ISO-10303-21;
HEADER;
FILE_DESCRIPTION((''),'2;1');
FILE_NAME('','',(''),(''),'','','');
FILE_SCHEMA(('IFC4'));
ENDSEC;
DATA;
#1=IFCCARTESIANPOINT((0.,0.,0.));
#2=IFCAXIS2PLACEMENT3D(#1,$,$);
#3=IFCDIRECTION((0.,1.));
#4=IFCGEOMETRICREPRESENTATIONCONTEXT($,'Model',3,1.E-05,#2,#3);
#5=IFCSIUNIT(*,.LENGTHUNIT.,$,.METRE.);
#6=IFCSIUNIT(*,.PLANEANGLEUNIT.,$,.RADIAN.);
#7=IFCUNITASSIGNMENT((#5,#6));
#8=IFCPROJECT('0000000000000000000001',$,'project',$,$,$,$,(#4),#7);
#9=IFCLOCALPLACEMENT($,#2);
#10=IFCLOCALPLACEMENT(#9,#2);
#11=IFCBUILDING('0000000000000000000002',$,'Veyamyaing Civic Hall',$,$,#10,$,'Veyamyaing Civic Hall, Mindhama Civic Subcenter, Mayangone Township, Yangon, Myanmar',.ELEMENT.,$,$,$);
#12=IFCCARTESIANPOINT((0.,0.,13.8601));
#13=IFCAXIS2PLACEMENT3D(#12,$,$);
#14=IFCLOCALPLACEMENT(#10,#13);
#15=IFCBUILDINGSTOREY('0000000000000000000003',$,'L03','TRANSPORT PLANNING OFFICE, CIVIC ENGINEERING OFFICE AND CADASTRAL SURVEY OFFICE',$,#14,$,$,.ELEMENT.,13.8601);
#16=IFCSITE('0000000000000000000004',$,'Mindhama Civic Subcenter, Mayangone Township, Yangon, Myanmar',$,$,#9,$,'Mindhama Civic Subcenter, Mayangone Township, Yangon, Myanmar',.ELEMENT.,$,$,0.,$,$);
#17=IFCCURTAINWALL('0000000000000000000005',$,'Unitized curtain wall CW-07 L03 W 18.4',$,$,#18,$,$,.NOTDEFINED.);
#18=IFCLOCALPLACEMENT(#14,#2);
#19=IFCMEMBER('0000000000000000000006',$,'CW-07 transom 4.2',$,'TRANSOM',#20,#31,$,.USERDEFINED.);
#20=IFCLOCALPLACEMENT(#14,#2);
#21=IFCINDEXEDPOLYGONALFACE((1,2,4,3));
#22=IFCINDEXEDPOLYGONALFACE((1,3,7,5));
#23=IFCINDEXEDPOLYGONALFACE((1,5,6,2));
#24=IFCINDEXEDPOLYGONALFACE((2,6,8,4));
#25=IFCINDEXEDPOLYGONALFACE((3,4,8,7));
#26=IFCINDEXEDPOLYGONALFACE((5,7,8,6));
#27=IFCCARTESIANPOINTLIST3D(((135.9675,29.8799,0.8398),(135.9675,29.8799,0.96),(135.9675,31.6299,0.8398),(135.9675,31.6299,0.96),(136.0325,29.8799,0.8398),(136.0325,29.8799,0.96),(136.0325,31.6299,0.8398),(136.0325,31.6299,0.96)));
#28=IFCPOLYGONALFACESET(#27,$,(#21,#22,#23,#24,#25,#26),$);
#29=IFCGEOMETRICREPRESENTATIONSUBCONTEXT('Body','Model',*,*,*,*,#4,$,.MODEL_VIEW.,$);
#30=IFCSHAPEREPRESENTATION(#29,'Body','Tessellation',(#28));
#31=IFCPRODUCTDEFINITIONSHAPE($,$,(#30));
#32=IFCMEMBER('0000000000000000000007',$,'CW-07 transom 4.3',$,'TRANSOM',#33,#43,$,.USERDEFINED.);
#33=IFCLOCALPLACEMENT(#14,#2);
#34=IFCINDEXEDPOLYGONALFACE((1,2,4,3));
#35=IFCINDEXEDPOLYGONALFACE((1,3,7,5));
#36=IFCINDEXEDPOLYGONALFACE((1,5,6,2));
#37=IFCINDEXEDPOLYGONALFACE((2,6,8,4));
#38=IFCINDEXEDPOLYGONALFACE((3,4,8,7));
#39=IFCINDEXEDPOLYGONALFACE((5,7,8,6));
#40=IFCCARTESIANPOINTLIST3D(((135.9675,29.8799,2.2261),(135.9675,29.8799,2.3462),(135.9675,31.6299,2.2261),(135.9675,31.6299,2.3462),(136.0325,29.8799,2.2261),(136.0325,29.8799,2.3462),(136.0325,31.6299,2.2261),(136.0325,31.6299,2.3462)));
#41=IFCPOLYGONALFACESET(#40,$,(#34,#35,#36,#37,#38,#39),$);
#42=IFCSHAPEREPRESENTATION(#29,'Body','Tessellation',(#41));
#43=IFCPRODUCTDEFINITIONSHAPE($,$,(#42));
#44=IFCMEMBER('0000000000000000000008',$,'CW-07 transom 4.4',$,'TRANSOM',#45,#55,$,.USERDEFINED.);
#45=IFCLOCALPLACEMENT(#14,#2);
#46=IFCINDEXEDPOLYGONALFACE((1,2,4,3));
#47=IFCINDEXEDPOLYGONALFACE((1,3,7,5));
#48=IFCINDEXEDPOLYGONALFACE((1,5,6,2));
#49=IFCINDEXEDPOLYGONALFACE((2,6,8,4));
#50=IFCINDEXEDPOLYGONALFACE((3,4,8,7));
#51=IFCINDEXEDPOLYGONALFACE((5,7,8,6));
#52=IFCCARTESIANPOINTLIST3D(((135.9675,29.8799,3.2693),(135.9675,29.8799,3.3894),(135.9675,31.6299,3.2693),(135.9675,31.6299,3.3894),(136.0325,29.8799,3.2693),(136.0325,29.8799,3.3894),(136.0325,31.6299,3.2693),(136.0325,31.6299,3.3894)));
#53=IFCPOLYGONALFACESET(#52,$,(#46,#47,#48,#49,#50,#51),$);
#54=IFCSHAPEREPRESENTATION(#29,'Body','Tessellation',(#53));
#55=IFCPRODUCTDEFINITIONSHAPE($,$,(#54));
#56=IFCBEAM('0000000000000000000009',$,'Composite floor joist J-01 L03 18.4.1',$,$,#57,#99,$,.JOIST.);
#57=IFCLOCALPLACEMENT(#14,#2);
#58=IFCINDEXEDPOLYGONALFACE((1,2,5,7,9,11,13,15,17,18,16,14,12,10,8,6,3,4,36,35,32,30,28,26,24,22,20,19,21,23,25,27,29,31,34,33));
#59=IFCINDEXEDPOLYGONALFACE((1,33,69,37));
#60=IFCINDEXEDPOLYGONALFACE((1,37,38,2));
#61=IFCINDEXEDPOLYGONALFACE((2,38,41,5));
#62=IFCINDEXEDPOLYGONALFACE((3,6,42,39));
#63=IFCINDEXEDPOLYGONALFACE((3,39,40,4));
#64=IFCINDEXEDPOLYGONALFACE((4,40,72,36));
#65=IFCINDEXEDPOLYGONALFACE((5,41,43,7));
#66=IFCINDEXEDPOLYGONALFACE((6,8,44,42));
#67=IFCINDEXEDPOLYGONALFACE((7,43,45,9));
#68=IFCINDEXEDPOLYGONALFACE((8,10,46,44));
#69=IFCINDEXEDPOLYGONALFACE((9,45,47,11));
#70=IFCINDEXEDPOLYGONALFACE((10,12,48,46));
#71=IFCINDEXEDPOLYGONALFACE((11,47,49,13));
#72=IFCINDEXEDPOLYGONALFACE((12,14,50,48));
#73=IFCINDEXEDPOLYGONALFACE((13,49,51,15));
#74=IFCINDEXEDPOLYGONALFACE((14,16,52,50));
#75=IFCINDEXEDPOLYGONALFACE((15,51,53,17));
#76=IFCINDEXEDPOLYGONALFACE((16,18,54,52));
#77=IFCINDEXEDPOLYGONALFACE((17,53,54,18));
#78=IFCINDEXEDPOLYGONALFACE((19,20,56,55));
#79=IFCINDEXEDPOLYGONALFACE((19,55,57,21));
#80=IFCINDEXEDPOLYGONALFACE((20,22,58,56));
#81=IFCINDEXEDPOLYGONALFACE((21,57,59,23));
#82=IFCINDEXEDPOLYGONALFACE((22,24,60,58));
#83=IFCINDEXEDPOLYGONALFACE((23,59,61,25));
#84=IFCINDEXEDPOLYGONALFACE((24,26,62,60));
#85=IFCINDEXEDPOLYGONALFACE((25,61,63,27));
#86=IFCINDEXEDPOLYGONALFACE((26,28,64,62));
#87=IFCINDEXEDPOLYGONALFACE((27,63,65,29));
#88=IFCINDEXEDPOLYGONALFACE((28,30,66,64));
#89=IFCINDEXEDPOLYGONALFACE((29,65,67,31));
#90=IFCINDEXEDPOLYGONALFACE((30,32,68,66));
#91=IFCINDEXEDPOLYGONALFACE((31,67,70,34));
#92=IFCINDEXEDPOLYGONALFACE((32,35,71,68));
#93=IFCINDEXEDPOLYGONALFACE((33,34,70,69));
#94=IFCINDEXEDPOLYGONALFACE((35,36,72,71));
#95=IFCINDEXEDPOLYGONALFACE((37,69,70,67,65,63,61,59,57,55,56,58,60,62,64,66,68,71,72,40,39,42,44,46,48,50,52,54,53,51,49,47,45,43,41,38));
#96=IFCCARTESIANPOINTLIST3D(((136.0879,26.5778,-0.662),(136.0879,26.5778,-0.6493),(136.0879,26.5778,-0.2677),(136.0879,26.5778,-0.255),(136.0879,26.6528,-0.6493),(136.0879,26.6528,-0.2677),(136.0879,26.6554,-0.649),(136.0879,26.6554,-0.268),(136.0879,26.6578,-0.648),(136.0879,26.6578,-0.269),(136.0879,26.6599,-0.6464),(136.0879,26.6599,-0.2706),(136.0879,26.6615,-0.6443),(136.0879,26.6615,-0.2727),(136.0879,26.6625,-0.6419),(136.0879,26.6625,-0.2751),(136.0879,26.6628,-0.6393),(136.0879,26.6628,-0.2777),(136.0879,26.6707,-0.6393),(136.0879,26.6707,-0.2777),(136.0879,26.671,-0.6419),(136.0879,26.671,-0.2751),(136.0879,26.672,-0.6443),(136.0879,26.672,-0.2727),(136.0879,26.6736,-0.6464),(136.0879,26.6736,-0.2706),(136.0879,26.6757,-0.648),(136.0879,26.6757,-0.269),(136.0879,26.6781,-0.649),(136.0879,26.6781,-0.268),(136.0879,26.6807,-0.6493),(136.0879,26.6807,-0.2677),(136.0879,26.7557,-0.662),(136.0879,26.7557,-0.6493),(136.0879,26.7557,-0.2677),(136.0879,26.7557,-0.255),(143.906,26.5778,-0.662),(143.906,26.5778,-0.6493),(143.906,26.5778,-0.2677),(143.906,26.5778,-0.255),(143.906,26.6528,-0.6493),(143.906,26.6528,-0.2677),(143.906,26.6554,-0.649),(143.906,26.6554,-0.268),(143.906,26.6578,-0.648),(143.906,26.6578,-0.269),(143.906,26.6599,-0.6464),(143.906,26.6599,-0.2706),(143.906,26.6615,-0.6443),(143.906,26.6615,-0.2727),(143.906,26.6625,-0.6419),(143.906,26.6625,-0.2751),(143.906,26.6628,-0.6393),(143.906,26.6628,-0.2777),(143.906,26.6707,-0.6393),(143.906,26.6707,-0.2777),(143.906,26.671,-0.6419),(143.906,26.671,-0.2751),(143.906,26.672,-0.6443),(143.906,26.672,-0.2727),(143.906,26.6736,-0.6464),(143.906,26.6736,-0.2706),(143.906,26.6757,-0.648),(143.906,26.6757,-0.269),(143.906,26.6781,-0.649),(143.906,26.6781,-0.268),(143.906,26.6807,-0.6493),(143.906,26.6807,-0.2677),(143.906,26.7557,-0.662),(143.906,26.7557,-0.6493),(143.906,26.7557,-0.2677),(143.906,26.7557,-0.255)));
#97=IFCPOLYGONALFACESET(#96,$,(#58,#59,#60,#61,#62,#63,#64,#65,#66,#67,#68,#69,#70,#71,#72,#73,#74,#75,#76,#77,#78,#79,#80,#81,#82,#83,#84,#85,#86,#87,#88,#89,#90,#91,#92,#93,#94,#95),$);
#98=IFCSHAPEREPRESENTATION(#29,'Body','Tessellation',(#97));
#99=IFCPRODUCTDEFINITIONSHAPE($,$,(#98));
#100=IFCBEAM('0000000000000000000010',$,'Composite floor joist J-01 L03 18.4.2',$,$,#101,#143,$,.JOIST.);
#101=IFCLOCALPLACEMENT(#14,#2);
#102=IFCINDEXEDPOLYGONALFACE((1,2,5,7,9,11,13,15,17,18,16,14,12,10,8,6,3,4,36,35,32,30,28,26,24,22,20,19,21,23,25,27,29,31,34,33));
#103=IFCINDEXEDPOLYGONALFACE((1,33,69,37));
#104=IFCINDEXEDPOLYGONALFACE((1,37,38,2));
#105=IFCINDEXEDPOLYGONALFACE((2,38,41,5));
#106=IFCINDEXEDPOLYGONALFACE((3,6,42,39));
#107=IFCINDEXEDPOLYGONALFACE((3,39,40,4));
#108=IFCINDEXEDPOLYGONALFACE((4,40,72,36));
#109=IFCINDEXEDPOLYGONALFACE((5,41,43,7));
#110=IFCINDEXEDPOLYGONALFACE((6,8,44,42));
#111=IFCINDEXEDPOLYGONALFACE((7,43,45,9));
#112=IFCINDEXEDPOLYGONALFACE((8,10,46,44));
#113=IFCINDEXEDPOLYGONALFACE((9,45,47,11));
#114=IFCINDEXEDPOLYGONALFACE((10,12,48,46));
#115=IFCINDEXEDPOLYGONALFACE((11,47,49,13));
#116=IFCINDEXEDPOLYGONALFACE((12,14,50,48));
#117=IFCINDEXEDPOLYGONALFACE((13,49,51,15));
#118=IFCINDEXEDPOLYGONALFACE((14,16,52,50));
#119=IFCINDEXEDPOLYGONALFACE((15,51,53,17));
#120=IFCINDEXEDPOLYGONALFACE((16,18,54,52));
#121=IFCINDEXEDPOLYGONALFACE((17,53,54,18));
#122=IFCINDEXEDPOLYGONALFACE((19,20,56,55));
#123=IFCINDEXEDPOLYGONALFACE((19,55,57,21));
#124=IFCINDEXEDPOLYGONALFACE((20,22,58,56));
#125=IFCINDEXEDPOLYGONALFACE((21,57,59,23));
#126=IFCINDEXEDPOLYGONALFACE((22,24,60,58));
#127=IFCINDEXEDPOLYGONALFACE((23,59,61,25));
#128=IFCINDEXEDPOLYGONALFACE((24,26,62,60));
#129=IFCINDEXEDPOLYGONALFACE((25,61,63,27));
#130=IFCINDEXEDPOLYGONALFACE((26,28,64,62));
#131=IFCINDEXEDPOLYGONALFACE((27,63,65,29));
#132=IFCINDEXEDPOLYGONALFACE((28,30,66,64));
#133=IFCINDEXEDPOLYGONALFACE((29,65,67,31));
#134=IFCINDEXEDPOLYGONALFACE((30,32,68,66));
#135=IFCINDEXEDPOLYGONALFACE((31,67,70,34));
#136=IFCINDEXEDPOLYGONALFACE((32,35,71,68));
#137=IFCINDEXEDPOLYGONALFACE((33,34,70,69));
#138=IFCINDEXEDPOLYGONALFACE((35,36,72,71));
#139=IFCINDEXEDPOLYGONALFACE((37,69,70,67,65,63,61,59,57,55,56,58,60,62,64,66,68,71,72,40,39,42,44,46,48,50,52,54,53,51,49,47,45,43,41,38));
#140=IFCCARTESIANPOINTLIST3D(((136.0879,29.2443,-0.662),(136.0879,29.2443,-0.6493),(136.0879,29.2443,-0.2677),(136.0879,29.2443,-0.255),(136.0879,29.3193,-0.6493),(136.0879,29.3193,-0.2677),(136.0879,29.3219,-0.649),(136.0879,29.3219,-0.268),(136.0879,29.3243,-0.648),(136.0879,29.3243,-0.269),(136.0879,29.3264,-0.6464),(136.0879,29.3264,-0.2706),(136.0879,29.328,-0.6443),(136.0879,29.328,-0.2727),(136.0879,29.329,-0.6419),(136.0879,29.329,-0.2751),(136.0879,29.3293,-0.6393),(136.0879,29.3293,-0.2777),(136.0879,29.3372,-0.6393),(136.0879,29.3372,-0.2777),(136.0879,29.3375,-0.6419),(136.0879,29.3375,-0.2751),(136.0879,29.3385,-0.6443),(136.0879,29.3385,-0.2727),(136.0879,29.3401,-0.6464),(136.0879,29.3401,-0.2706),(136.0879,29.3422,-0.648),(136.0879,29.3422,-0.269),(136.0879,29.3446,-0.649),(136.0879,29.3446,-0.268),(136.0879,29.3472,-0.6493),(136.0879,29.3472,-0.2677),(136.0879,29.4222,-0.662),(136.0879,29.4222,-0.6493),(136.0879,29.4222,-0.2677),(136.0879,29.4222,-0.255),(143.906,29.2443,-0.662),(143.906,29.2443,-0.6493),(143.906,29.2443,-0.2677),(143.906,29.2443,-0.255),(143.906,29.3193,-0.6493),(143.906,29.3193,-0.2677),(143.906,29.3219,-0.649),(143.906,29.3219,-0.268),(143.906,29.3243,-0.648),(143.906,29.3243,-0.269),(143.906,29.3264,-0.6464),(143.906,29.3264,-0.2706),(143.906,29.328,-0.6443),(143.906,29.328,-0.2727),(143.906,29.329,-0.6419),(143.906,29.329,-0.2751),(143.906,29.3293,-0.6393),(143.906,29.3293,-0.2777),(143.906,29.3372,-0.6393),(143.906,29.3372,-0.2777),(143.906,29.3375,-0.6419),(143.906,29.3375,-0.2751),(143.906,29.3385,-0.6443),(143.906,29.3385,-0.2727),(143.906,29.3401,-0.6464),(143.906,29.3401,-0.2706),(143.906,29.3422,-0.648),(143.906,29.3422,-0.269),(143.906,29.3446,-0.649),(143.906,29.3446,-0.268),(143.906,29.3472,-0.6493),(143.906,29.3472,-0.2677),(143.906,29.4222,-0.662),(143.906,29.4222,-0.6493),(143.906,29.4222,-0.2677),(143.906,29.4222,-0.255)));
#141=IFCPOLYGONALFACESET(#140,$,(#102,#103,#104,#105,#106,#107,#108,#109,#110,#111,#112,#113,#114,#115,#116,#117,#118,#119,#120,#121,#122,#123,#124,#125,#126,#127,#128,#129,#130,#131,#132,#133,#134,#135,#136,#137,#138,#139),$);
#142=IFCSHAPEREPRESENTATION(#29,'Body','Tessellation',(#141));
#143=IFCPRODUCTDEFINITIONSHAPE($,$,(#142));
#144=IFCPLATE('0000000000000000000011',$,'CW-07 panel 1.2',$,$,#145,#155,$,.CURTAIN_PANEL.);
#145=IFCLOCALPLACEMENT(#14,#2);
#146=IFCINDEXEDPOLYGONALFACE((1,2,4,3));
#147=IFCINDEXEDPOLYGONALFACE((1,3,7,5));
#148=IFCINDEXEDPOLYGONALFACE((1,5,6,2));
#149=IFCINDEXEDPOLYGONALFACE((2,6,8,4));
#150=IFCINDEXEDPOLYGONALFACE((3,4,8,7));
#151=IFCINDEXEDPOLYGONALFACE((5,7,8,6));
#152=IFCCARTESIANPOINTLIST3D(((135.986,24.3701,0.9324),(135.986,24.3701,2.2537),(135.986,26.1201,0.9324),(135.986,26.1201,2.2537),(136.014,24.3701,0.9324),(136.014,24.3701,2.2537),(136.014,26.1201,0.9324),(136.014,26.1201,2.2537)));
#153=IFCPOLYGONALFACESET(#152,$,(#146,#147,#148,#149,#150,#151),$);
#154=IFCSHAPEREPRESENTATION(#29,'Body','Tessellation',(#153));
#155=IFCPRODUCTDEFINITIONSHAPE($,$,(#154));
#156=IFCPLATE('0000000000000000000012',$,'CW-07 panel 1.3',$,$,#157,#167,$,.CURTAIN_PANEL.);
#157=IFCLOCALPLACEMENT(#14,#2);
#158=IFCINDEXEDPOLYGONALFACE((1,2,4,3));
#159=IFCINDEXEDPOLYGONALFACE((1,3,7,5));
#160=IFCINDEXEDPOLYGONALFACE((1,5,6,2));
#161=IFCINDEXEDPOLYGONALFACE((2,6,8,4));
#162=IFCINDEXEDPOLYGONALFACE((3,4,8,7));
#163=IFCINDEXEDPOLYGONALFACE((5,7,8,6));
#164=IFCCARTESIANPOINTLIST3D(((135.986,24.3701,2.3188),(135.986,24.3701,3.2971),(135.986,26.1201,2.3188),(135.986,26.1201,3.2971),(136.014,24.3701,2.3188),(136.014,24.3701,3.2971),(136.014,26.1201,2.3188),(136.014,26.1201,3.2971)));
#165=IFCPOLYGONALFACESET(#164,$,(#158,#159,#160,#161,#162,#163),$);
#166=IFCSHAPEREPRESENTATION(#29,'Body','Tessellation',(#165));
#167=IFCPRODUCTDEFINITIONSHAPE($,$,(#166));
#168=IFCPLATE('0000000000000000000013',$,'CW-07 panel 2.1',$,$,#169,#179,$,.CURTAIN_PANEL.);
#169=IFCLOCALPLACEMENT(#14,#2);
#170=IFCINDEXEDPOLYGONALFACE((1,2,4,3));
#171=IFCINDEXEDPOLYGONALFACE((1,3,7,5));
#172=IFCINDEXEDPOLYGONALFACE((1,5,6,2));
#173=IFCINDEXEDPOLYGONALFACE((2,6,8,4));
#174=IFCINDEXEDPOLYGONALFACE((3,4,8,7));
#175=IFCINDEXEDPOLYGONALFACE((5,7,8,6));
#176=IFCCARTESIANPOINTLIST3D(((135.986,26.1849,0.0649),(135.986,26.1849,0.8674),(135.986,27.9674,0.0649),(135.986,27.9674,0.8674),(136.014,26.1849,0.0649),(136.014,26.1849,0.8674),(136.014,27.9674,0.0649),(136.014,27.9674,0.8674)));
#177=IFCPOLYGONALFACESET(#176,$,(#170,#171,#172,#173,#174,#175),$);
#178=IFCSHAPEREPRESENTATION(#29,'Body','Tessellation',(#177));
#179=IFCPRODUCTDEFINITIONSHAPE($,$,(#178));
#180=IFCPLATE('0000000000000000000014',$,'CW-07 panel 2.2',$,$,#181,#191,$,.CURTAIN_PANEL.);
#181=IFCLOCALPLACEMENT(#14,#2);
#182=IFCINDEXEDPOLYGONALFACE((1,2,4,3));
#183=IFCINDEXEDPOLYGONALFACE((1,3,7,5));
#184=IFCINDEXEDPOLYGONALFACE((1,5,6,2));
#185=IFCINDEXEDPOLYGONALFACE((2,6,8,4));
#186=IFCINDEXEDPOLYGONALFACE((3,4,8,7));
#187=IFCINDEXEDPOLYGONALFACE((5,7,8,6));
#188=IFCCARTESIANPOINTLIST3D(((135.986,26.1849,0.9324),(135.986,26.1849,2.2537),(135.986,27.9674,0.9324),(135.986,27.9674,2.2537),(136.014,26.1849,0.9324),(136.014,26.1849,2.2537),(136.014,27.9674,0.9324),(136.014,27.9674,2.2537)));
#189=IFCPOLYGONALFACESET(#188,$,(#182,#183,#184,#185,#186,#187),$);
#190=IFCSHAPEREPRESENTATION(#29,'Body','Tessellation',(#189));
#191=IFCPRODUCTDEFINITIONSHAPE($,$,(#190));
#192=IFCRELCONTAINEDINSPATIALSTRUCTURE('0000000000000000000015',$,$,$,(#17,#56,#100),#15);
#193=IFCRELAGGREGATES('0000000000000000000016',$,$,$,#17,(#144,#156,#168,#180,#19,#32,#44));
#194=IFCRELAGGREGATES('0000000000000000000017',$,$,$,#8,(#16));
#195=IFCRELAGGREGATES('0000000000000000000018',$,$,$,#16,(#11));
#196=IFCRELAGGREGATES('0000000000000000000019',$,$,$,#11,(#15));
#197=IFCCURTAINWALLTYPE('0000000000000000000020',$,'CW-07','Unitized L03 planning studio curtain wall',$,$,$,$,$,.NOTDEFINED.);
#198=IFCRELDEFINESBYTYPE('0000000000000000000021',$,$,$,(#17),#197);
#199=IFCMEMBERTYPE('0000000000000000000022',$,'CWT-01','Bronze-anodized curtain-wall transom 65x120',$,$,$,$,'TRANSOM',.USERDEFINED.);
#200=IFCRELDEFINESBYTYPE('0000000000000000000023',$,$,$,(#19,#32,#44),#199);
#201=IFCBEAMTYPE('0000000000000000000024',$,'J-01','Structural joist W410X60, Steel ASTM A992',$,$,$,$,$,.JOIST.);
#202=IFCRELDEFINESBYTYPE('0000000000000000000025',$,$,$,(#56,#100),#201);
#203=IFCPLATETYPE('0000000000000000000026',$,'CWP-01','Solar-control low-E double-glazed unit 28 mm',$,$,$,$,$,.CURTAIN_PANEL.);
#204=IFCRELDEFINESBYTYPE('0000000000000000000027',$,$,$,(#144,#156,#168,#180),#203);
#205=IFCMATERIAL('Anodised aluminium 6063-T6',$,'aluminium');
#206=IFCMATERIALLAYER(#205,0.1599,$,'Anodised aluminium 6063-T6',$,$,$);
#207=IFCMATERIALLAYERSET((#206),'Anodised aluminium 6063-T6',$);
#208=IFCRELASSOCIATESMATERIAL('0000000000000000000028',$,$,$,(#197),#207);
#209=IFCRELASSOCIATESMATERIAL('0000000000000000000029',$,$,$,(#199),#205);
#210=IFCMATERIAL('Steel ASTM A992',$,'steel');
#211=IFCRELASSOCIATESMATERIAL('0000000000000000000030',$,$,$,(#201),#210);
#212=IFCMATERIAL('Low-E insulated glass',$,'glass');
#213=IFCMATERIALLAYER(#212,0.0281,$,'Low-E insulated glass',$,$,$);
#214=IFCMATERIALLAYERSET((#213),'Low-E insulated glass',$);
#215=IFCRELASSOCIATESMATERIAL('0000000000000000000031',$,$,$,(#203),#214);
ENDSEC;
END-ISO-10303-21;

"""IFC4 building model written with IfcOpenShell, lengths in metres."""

from ifc_helpers import new_model, si_unit, direction, frame, origin, origin_2d, place, context, subcontext, project, spatial, rectangle, i_section, extrude, material, layer, layer_set, material_profile, profile_set, type_object, element, aggregate, save


model = new_model("IFC4")

# Units and contexts
model_context = context("Model", 3, precision=1e-05, world=origin(), true_north=direction((0.0, 1.0)))
body_context = subcontext(model_context, "Body", "Model", "MODEL_VIEW")
ifc_project = project(units=[si_unit("LENGTHUNIT", "METRE"), si_unit("PLANEANGLEUNIT", "RADIAN")], contexts=[model_context])

# Site, building, storey
site_placement = place(None, origin())
site = spatial("IfcSite", under=ifc_project, at=site_placement, Name="Mindhama Civic Subcenter, Mayangone Township, Yangon, Myanmar", LongName="Mindhama Civic Subcenter, Mayangone Township, Yangon, Myanmar", CompositionType="ELEMENT", RefElevation=0.0)
building_placement = place(site_placement, origin())
building = spatial("IfcBuilding", under=site, at=building_placement, Name="Veyamyaing Civic Hall", LongName="Veyamyaing Civic Hall, Mindhama Civic Subcenter, Mayangone Township, Yangon, Myanmar", CompositionType="ELEMENT")
storey_placement = place(building_placement, frame((0.0, 0.0, 13.8601)))
storey = spatial("IfcBuildingStorey", under=building, at=storey_placement, Name="L03", Description="TRANSPORT PLANNING OFFICE, CIVIC ENGINEERING OFFICE AND CADASTRAL SURVEY OFFICE", CompositionType="ELEMENT", Elevation=13.8601)

# Curtain wall, members
ifc_material_1 = material(Name="Anodised aluminium 6063-T6", Category="aluminium")
ifc_layer_1 = layer(ifc_material_1, 0.1599, Name="Anodised aluminium 6063-T6")
ifc_layer_set_1 = layer_set([ifc_layer_1], Name="Anodised aluminium 6063-T6")
curtain_wall_type = type_object("IfcCurtainWallType", Name="CW-07", Description="Unitized L03 planning studio curtain wall", PredefinedType="NOTDEFINED", material=ifc_layer_set_1)
curtain_wall_placement = place(storey_placement, origin())
curtain_wall = element("IfcCurtainWall", 1, at=curtain_wall_placement, inside=storey, type_object=curtain_wall_type, Name="Unitized curtain wall CW-07 L03 W 18.4", PredefinedType="NOTDEFINED")
ifc_material_profile_1 = material_profile(ifc_material_1, rectangle(XDim=0.0649, YDim=0.1201, at=origin_2d()), Name="ALU-TRN-65X120")
ifc_profile_set_1 = profile_set([ifc_material_profile_1], Name="Anodised aluminium 6063-T6")
member_type_1 = type_object("IfcMemberType", Name="CWT-01", Description="Bronze-anodized curtain-wall transom 65x120", ElementType="TRANSOM", PredefinedType="USERDEFINED", material=ifc_profile_set_1)
member_1_placement = place(storey_placement, frame((136.0, 29.8799, 0.8999), z_axis=(0.0, 1.0, 0.0), x_axis=(-1.0, 0.0, 0.0)))
member_1 = element("IfcMember", 2, at=member_1_placement, type_object=member_type_1, Name="CW-07 transom 4.2", ObjectType="TRANSOM", PredefinedType="USERDEFINED", context=body_context, shape_type="SweptSolid", body=[
    extrude(rectangle(XDim=0.0649, YDim=0.1201, at=origin_2d()), origin(), (0.0, 0.0, 1.0), 1.75),
])
member_2_placement = place(storey_placement, frame((136.0, 29.8799, 2.2861), z_axis=(0.0, 1.0, 0.0), x_axis=(-1.0, 0.0, 0.0)))
member_2 = element("IfcMember", 3, at=member_2_placement, type_object=member_type_1, Name="CW-07 transom 4.3", ObjectType="TRANSOM", PredefinedType="USERDEFINED", context=body_context, shape_type="SweptSolid", body=[
    extrude(rectangle(XDim=0.0649, YDim=0.1201, at=origin_2d()), origin(), (0.0, 0.0, 1.0), 1.75),
])
member_3_placement = place(storey_placement, frame((136.0, 29.8799, 3.3293), z_axis=(0.0, 1.0, 0.0), x_axis=(-1.0, 0.0, 0.0)))
member_3 = element("IfcMember", 4, at=member_3_placement, type_object=member_type_1, Name="CW-07 transom 4.4", ObjectType="TRANSOM", PredefinedType="USERDEFINED", context=body_context, shape_type="SweptSolid", body=[
    extrude(rectangle(XDim=0.0649, YDim=0.1201, at=origin_2d()), origin(), (0.0, 0.0, 1.0), 1.75),
])

# Beams
ifc_material_2 = material(Name="Steel ASTM A992", Category="steel")
ifc_material_profile_2 = material_profile(ifc_material_2, i_section(OverallWidth=0.178, OverallDepth=0.407, WebThickness=0.0078, FlangeThickness=0.0127, FilletRadius=0.01, at=origin_2d()), Name="W410X60")
ifc_profile_set_2 = profile_set([ifc_material_profile_2], Name="Steel ASTM A992")
beam_type = type_object("IfcBeamType", Name="J-01", Description="Structural joist W410X60, Steel ASTM A992", PredefinedType="JOIST", material=ifc_profile_set_2)
for number, where, z_axis, x_axis, name in (
    (5, (136.0879, 26.6667, -0.4585), (1.0, 0.0, 0.0), (0.0, 1.0, 0.0), "Composite floor joist J-01 L03 18.4.1"),
    (6, (136.0879, 29.3333, -0.4585), (1.0, 0.0, 0.0), (0.0, 1.0, 0.0), "Composite floor joist J-01 L03 18.4.2"),
):
    element("IfcBeam", number, at=place(storey_placement, frame(where, z_axis=z_axis, x_axis=x_axis)), inside=storey, type_object=beam_type, Name=name, PredefinedType="JOIST", context=body_context, shape_type="SweptSolid", body=[
        extrude(i_section(OverallWidth=0.178, OverallDepth=0.407, WebThickness=0.0078, FlangeThickness=0.0127, FilletRadius=0.01, at=origin_2d()), origin(), (0.0, 0.0, 1.0), 7.8181),
    ])

# Plates
ifc_material_3 = material(Name="Low-E insulated glass", Category="glass")
ifc_layer_2 = layer(ifc_material_3, 0.0281, Name="Low-E insulated glass")
ifc_layer_set_2 = layer_set([ifc_layer_2], Name="Low-E insulated glass")
plate_type = type_object("IfcPlateType", Name="CWP-01", Description="Solar-control low-E double-glazed unit 28 mm", PredefinedType="CURTAIN_PANEL", material=ifc_layer_set_2)
plate_1_placement = place(storey_placement, frame((136.0, 25.2451, 0.9324), z_axis=(0.0, 0.0, 1.0), x_axis=(0.0, 1.0, 0.0)))
plate_1 = element("IfcPlate", 7, at=plate_1_placement, type_object=plate_type, Name="CW-07 panel 1.2", PredefinedType="CURTAIN_PANEL", context=body_context, shape_type="SweptSolid", body=[
    extrude(rectangle(XDim=1.75, YDim=0.0281, at=origin_2d()), origin(), (0.0, 0.0, 1.0), 1.3213),
])
plate_2_placement = place(storey_placement, frame((136.0, 25.2451, 2.3188), z_axis=(0.0, 0.0, 1.0), x_axis=(0.0, 1.0, 0.0)))
plate_2 = element("IfcPlate", 8, at=plate_2_placement, type_object=plate_type, Name="CW-07 panel 1.3", PredefinedType="CURTAIN_PANEL", context=body_context, shape_type="SweptSolid", body=[
    extrude(rectangle(XDim=1.75, YDim=0.0281, at=origin_2d()), origin(), (0.0, 0.0, 1.0), 0.9783),
])
plate_3_placement = place(storey_placement, frame((136.0, 27.0762, 0.0649), z_axis=(0.0, 0.0, 1.0), x_axis=(0.0, 1.0, 0.0)))
plate_3 = element("IfcPlate", 9, at=plate_3_placement, type_object=plate_type, Name="CW-07 panel 2.1", PredefinedType="CURTAIN_PANEL", context=body_context, shape_type="SweptSolid", body=[
    extrude(rectangle(XDim=1.7825, YDim=0.0281, at=origin_2d()), origin(), (0.0, 0.0, 1.0), 0.8025),
])
plate_4_placement = place(storey_placement, frame((136.0, 27.0762, 0.9324), z_axis=(0.0, 0.0, 1.0), x_axis=(0.0, 1.0, 0.0)))
plate_4 = element("IfcPlate", 10, at=plate_4_placement, type_object=plate_type, Name="CW-07 panel 2.2", PredefinedType="CURTAIN_PANEL", context=body_context, shape_type="SweptSolid", body=[
    extrude(rectangle(XDim=1.7825, YDim=0.0281, at=origin_2d()), origin(), (0.0, 0.0, 1.0), 1.3213),
])
aggregate(curtain_wall, [plate_1, plate_2, plate_3, plate_4, member_1, member_2, member_3])

save(model, "model.ifc")
